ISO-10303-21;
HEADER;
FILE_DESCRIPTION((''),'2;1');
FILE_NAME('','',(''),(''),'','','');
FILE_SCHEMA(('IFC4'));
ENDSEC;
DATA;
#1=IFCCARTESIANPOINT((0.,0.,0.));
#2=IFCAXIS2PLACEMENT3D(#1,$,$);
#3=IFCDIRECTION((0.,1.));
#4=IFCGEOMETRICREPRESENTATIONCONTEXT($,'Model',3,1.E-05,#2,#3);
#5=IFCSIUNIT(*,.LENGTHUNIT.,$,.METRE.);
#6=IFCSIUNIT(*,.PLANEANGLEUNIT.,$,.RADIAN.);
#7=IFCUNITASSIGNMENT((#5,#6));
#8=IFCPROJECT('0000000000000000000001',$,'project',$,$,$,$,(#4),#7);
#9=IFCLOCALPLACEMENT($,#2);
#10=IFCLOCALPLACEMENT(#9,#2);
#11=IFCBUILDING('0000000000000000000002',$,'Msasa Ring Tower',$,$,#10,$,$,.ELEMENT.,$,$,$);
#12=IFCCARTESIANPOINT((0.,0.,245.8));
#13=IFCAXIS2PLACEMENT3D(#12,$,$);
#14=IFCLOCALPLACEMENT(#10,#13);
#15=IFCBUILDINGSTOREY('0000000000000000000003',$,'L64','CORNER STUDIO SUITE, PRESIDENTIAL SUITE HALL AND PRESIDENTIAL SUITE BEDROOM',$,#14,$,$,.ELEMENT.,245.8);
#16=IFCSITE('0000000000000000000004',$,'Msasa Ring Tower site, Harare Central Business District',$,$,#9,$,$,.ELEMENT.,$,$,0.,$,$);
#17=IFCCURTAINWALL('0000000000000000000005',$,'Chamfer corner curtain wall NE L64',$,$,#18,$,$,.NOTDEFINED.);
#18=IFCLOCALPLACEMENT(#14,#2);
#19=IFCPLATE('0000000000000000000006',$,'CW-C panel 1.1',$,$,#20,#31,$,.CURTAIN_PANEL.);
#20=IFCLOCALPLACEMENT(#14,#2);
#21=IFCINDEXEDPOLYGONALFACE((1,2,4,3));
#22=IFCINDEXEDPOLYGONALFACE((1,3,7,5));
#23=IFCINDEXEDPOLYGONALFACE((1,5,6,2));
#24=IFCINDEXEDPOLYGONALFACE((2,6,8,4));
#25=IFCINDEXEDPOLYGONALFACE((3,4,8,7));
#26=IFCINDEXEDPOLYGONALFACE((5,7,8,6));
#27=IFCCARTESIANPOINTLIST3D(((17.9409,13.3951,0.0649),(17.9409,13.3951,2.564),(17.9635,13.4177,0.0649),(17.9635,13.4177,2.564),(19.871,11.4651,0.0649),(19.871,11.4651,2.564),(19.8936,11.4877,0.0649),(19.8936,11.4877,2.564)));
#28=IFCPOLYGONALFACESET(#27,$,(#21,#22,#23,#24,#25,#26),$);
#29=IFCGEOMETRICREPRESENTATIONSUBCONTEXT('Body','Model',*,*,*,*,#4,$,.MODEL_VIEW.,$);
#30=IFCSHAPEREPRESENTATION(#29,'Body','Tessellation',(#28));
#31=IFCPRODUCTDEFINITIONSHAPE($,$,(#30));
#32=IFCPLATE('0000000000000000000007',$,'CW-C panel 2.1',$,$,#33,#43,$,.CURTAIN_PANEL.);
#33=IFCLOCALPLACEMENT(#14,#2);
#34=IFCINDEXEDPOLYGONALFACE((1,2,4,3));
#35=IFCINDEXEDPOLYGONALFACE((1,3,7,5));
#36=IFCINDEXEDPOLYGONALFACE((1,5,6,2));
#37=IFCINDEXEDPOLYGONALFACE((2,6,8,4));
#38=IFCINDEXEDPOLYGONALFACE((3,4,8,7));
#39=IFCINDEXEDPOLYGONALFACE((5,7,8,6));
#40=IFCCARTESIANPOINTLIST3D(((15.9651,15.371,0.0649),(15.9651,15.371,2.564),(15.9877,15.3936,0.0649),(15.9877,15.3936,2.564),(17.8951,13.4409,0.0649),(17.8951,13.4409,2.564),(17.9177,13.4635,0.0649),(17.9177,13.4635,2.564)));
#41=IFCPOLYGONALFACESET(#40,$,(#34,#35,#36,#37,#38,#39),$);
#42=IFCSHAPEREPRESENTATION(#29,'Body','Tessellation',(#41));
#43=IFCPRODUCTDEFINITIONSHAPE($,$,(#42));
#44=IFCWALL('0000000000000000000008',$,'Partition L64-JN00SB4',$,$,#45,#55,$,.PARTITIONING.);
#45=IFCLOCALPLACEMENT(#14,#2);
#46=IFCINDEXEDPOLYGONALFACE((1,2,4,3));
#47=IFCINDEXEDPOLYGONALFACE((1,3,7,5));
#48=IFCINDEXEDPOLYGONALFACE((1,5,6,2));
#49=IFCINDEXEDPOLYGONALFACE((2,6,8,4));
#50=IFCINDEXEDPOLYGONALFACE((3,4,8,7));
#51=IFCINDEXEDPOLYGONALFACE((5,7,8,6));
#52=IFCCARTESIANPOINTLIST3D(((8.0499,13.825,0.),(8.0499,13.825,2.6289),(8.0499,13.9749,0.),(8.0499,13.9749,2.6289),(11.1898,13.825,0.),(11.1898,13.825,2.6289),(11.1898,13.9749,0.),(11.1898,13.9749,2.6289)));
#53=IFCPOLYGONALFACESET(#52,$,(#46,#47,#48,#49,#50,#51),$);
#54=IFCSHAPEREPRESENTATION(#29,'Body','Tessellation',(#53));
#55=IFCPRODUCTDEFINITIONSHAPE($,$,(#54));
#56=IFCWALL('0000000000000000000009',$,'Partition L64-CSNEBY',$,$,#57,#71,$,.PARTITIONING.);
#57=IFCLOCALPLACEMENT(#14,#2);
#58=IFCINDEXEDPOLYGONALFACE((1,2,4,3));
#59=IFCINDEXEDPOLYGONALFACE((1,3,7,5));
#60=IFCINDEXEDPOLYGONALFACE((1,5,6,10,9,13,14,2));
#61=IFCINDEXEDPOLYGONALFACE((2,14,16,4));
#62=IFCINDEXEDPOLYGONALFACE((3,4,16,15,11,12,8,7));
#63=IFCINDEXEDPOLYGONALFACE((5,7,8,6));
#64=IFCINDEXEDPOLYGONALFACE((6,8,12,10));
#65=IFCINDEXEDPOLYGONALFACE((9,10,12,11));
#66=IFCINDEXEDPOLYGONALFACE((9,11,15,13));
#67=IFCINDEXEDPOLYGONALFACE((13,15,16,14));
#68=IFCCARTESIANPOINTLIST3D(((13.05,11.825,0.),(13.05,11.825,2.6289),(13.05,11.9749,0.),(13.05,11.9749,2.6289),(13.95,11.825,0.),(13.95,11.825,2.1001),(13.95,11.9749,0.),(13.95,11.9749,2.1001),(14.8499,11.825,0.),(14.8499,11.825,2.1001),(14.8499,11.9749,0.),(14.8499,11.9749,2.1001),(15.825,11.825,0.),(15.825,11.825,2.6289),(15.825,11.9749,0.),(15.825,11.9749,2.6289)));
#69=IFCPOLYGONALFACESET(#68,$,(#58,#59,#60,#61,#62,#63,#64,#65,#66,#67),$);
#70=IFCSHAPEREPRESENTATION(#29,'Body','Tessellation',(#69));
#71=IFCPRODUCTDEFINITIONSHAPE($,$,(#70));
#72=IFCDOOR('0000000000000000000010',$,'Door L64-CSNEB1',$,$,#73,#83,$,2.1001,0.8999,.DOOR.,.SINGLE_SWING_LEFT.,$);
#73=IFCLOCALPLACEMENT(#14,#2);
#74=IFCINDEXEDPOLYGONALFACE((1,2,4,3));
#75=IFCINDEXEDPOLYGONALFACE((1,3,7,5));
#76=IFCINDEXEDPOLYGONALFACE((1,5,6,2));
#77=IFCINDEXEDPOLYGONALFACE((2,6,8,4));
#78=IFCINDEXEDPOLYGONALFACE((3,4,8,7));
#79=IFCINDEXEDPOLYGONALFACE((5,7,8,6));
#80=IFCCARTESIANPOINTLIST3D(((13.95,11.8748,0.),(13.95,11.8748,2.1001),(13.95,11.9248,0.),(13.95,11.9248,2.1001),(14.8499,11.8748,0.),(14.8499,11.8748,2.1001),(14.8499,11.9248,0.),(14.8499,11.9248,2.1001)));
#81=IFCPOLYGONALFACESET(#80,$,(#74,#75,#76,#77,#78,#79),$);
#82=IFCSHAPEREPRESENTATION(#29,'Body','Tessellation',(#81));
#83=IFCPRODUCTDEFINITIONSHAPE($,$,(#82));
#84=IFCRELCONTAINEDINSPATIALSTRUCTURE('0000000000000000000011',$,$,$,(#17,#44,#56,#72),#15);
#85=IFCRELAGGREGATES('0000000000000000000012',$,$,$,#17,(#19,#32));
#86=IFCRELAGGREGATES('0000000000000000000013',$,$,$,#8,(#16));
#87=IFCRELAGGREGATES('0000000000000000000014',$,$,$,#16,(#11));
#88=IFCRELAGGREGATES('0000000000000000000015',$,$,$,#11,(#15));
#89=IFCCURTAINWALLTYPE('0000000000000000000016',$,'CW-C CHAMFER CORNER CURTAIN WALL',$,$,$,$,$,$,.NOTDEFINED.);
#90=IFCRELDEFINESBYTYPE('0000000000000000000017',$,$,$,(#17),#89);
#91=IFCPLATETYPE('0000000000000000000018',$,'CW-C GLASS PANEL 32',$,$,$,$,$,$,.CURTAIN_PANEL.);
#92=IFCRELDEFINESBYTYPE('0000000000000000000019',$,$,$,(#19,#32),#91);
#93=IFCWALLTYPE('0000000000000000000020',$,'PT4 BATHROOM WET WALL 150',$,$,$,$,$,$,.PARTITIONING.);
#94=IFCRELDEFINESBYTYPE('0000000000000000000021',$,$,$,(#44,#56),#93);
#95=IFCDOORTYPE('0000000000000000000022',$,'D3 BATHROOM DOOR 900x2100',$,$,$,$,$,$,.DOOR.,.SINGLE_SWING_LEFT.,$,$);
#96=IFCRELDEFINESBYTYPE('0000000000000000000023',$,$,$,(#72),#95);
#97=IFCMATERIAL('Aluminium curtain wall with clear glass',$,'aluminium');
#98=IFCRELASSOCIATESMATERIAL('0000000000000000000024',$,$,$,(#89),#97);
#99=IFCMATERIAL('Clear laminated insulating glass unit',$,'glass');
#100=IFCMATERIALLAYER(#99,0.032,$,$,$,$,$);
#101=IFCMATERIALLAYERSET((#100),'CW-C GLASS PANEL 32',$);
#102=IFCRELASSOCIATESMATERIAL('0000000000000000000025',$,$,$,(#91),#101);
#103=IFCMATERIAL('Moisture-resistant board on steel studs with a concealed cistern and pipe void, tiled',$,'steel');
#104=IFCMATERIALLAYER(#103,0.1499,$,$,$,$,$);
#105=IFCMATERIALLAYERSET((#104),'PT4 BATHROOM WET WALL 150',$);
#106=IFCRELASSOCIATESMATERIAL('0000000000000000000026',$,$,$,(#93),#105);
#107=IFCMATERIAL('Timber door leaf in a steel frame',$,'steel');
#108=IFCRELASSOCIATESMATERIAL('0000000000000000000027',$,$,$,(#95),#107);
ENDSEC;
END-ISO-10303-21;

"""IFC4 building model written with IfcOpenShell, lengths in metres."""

from ifc_helpers import new_model, si_unit, direction, frame, frame_2d, origin, origin_2d, place, context, subcontext, project, spatial, rectangle, extrude, material, layer, layer_set, type_object, element, fill, aggregate, save


model = new_model("IFC4")

# Units and contexts
model_context = context("Model", 3, precision=1e-05, world=origin(), true_north=direction((0.0, 1.0)))
body_context = subcontext(model_context, "Body", "Model", "MODEL_VIEW")
ifc_project = project(units=[si_unit("LENGTHUNIT", "METRE"), si_unit("PLANEANGLEUNIT", "RADIAN")], contexts=[model_context])

# Site, building, storey
site_placement = place(None, origin())
site = spatial("IfcSite", under=ifc_project, at=site_placement, Name="Msasa Ring Tower site, Harare Central Business District", CompositionType="ELEMENT", RefElevation=0.0)
building_placement = place(site_placement, origin())
building = spatial("IfcBuilding", under=site, at=building_placement, Name="Msasa Ring Tower", CompositionType="ELEMENT")
storey_placement = place(building_placement, frame((0.0, 0.0, 245.8)))
storey = spatial("IfcBuildingStorey", under=building, at=storey_placement, Name="L64", Description="CORNER STUDIO SUITE, PRESIDENTIAL SUITE HALL AND PRESIDENTIAL SUITE BEDROOM", CompositionType="ELEMENT", Elevation=245.8)

# Curtain wall
ifc_material_1 = material(Name="Aluminium curtain wall with clear glass", Category="aluminium")
curtain_wall_type = type_object("IfcCurtainWallType", Name="CW-C CHAMFER CORNER CURTAIN WALL", PredefinedType="NOTDEFINED", material=ifc_material_1)
curtain_wall_1_placement = place(storey_placement, origin())
curtain_wall_1 = element("IfcCurtainWall", 1, at=curtain_wall_1_placement, inside=storey, type_object=curtain_wall_type, Name="Chamfer corner curtain wall NE L64", PredefinedType="NOTDEFINED")

# Plates
ifc_material_2 = material(Name="Clear laminated insulating glass unit", Category="glass")
ifc_layer_1 = layer(ifc_material_2, 0.032)
ifc_layer_set_1 = layer_set([ifc_layer_1], Name="CW-C GLASS PANEL 32")
plate_type = type_object("IfcPlateType", Name="CW-C GLASS PANEL 32", PredefinedType="CURTAIN_PANEL", material=ifc_layer_set_1)
plate_1_placement = place(storey_placement, frame((18.9172, 12.4414, 0.0649), z_axis=(0.0, 0.0, 1.0), x_axis=(-0.707107, 0.707107, 0.0)))
plate_1 = element("IfcPlate", 2, at=plate_1_placement, type_object=plate_type, Name="CW-C panel 1.1", PredefinedType="CURTAIN_PANEL", context=body_context, shape_type="SweptSolid", body=[
    extrude(rectangle(XDim=2.7295, YDim=0.032, at=origin_2d()), origin(), (0.0, 0.0, 1.0), 2.499),
])
plate_2_placement = place(storey_placement, frame((16.9414, 14.4172, 0.0649), z_axis=(0.0, 0.0, 1.0), x_axis=(-0.707107, 0.707107, 0.0)))
plate_2 = element("IfcPlate", 3, at=plate_2_placement, type_object=plate_type, Name="CW-C panel 2.1", PredefinedType="CURTAIN_PANEL", context=body_context, shape_type="SweptSolid", body=[
    extrude(rectangle(XDim=2.7295, YDim=0.032, at=origin_2d()), origin(), (0.0, 0.0, 1.0), 2.499),
])
aggregate(curtain_wall_1, [plate_1, plate_2])

# Wall
ifc_material_3 = material(Name="Moisture-resistant board on steel studs with a concealed cistern and pipe void, tiled", Category="steel")
ifc_layer_2 = layer(ifc_material_3, 0.1499)
ifc_layer_set_2 = layer_set([ifc_layer_2], Name="PT4 BATHROOM WET WALL 150")
wall_type = type_object("IfcWallType", Name="PT4 BATHROOM WET WALL 150", PredefinedType="PARTITIONING", material=ifc_layer_set_2)
wall_1_placement = place(storey_placement, frame((8.05, 13.8999, 0.0), z_axis=(0.0, 0.0, 1.0), x_axis=(1.0, 0.0, 0.0)))
element("IfcWall", 4, at=wall_1_placement, inside=storey, type_object=wall_type, Name="Partition L64-JN00SB4", PredefinedType="PARTITIONING", context=body_context, shape_type="SweptSolid", body=[
    extrude(rectangle(XDim=3.1399, YDim=0.1499, at=frame_2d((1.5698, 0.0))), origin(), (0.0, 0.0, 1.0), 2.6289),
])

# Wall, opening, door
wall_2_placement = place(storey_placement, frame((13.05, 11.8999, 0.0), z_axis=(0.0, 0.0, 1.0), x_axis=(1.0, 0.0, 0.0)))
wall_2 = element("IfcWall", 5, at=wall_2_placement, inside=storey, type_object=wall_type, Name="Partition L64-CSNEBY", PredefinedType="PARTITIONING", context=body_context, shape_type="SweptSolid", body=[
    extrude(rectangle(XDim=2.7749, YDim=0.1499, at=frame_2d((1.3875, 0.0))), origin(), (0.0, 0.0, 1.0), 2.6289),
])
opening_placement = place(wall_2_placement, frame((0.8999, 0.0, 0.0)))
opening = element("IfcOpeningElement", 6, at=opening_placement, cuts=wall_2, PredefinedType="OPENING", context=body_context, shape_type="SweptSolid", body=[
    extrude(rectangle(XDim=0.8999, YDim=2.1001, at=frame_2d((0.45, 1.05))), frame((0.0, 0.085, 0.0), z_axis=(0.0, -1.0, 0.0), x_axis=(1.0, 0.0, 0.0)), (0.0, 0.0, 1.0), 0.1699),
])
ifc_material_4 = material(Name="Timber door leaf in a steel frame", Category="steel")
door_type = type_object("IfcDoorType", Name="D3 BATHROOM DOOR 900x2100", OperationType="SINGLE_SWING_LEFT", PredefinedType="DOOR", material=ifc_material_4)
door_placement = place(opening_placement, origin())
door = element("IfcDoor", 7, at=door_placement, inside=storey, type_object=door_type, Name="Door L64-CSNEB1", OperationType="SINGLE_SWING_LEFT", OverallHeight=2.1001, OverallWidth=0.8999, PredefinedType="DOOR", context=body_context, shape_type="SweptSolid", body=[
    extrude(rectangle(XDim=0.8999, YDim=2.1001, at=frame_2d((0.45, 1.05))), frame((0.0, 0.0249, 0.0), z_axis=(0.0, -1.0, 0.0), x_axis=(1.0, 0.0, 0.0)), (0.0, 0.0, 1.0), 0.05),
])
fill(opening, door)

save(model, "model.ifc")
